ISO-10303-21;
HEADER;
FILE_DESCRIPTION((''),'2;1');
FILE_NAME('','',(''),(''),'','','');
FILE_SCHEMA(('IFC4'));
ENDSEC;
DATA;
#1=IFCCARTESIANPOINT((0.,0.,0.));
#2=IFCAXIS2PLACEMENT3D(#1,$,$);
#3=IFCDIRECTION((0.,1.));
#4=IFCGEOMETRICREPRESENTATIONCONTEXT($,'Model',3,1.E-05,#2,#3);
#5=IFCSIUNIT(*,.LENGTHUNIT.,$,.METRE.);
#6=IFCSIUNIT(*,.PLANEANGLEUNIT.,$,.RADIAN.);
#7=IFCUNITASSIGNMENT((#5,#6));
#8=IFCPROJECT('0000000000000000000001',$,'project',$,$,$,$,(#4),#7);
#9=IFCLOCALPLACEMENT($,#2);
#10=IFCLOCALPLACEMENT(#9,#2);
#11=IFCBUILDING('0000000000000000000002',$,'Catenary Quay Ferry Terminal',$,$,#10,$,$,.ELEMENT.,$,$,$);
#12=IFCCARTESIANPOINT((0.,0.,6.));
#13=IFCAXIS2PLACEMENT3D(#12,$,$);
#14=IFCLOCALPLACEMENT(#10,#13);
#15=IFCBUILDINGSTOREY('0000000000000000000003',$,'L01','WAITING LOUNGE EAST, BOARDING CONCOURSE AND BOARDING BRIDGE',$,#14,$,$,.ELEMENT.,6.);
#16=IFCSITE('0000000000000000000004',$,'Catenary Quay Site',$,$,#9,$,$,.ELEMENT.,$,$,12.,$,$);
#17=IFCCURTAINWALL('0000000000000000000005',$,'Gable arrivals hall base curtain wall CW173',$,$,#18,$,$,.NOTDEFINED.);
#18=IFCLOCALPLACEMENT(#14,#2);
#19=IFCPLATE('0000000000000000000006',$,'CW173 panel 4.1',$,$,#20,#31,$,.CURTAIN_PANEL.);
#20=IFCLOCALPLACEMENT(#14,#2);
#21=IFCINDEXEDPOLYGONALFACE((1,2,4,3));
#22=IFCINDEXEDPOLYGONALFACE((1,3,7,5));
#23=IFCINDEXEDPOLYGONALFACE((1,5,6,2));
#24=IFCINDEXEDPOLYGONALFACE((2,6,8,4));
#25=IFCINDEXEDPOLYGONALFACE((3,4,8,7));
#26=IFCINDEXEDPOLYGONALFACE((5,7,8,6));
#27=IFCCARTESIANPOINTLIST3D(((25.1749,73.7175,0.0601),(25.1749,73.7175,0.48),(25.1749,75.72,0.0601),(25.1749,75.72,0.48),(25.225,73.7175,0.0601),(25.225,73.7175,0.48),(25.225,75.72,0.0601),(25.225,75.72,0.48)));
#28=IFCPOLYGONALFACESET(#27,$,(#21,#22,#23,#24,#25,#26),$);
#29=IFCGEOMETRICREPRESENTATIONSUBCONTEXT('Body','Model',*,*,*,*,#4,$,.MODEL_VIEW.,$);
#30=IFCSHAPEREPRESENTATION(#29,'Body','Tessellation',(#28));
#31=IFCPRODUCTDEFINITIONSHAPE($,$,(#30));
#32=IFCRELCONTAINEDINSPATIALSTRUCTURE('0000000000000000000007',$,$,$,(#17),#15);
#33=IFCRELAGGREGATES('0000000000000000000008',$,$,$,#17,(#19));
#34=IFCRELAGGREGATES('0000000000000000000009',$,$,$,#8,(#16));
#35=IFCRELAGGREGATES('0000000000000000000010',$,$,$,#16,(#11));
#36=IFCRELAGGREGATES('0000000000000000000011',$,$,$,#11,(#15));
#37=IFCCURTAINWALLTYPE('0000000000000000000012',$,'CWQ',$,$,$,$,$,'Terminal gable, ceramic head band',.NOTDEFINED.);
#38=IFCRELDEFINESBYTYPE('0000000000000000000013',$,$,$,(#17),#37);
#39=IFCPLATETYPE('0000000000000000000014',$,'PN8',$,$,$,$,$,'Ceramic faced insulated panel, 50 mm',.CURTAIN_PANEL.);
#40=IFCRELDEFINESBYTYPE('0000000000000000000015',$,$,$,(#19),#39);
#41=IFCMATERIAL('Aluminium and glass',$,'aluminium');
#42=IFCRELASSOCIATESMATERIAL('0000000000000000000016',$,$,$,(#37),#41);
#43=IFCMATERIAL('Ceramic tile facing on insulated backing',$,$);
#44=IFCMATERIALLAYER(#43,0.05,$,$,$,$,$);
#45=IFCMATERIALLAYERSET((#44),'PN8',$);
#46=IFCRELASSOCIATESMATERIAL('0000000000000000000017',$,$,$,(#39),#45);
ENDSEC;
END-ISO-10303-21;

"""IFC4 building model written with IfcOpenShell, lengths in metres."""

from ifc_helpers import new_model, si_unit, direction, frame, origin, origin_2d, place, context, subcontext, project, spatial, rectangle, extrude, material, layer, layer_set, type_object, element, aggregate, save


model = new_model("IFC4")

# Units and contexts
model_context = context("Model", 3, precision=1e-05, world=origin(), true_north=direction((0.0, 1.0)))
body_context = subcontext(model_context, "Body", "Model", "MODEL_VIEW")
ifc_project = project(units=[si_unit("LENGTHUNIT", "METRE"), si_unit("PLANEANGLEUNIT", "RADIAN")], contexts=[model_context])

# Site, building, storey
site_placement = place(None, origin())
site = spatial("IfcSite", under=ifc_project, at=site_placement, Name="Catenary Quay Site", CompositionType="ELEMENT", RefElevation=12.0)
building_placement = place(site_placement, origin())
building = spatial("IfcBuilding", under=site, at=building_placement, Name="Catenary Quay Ferry Terminal", CompositionType="ELEMENT")
storey_placement = place(building_placement, frame((0.0, 0.0, 6.0)))
storey = spatial("IfcBuildingStorey", under=building, at=storey_placement, Name="L01", Description="WAITING LOUNGE EAST, BOARDING CONCOURSE AND BOARDING BRIDGE", CompositionType="ELEMENT", Elevation=6.0)

# Curtain wall
ifc_material_1 = material(Name="Aluminium and glass", Category="aluminium")
curtain_wall_type_1 = type_object("IfcCurtainWallType", Name="CWQ", ElementType="Terminal gable, ceramic head band", PredefinedType="NOTDEFINED", material=ifc_material_1)
curtain_wall_1_placement = place(storey_placement, origin())
curtain_wall_1 = element("IfcCurtainWall", 1, at=curtain_wall_1_placement, inside=storey, type_object=curtain_wall_type_1, Name="Gable arrivals hall base curtain wall CW173", PredefinedType="NOTDEFINED")

# Plate
ifc_material_2 = material(Name="Ceramic tile facing on insulated backing")
ifc_layer_1 = layer(ifc_material_2, 0.05)
ifc_layer_set_1 = layer_set([ifc_layer_1], Name="PN8")
plate_type_1 = type_object("IfcPlateType", Name="PN8", ElementType="Ceramic faced insulated panel, 50 mm", PredefinedType="CURTAIN_PANEL", material=ifc_layer_set_1)
plate_1_placement = place(storey_placement, frame((25.2, 74.7188, 0.0601), z_axis=(0.0, 0.0, 1.0), x_axis=(0.0, 1.0, 0.0)))
plate_1 = element("IfcPlate", 2, at=plate_1_placement, type_object=plate_type_1, Name="CW173 panel 4.1", PredefinedType="CURTAIN_PANEL", context=body_context, shape_type="SweptSolid", body=[
    extrude(rectangle(XDim=2.0024, YDim=0.05, at=origin_2d()), origin(), (0.0, 0.0, 1.0), 0.4199),
])
aggregate(curtain_wall_1, [plate_1])

save(model, "model.ifc")
